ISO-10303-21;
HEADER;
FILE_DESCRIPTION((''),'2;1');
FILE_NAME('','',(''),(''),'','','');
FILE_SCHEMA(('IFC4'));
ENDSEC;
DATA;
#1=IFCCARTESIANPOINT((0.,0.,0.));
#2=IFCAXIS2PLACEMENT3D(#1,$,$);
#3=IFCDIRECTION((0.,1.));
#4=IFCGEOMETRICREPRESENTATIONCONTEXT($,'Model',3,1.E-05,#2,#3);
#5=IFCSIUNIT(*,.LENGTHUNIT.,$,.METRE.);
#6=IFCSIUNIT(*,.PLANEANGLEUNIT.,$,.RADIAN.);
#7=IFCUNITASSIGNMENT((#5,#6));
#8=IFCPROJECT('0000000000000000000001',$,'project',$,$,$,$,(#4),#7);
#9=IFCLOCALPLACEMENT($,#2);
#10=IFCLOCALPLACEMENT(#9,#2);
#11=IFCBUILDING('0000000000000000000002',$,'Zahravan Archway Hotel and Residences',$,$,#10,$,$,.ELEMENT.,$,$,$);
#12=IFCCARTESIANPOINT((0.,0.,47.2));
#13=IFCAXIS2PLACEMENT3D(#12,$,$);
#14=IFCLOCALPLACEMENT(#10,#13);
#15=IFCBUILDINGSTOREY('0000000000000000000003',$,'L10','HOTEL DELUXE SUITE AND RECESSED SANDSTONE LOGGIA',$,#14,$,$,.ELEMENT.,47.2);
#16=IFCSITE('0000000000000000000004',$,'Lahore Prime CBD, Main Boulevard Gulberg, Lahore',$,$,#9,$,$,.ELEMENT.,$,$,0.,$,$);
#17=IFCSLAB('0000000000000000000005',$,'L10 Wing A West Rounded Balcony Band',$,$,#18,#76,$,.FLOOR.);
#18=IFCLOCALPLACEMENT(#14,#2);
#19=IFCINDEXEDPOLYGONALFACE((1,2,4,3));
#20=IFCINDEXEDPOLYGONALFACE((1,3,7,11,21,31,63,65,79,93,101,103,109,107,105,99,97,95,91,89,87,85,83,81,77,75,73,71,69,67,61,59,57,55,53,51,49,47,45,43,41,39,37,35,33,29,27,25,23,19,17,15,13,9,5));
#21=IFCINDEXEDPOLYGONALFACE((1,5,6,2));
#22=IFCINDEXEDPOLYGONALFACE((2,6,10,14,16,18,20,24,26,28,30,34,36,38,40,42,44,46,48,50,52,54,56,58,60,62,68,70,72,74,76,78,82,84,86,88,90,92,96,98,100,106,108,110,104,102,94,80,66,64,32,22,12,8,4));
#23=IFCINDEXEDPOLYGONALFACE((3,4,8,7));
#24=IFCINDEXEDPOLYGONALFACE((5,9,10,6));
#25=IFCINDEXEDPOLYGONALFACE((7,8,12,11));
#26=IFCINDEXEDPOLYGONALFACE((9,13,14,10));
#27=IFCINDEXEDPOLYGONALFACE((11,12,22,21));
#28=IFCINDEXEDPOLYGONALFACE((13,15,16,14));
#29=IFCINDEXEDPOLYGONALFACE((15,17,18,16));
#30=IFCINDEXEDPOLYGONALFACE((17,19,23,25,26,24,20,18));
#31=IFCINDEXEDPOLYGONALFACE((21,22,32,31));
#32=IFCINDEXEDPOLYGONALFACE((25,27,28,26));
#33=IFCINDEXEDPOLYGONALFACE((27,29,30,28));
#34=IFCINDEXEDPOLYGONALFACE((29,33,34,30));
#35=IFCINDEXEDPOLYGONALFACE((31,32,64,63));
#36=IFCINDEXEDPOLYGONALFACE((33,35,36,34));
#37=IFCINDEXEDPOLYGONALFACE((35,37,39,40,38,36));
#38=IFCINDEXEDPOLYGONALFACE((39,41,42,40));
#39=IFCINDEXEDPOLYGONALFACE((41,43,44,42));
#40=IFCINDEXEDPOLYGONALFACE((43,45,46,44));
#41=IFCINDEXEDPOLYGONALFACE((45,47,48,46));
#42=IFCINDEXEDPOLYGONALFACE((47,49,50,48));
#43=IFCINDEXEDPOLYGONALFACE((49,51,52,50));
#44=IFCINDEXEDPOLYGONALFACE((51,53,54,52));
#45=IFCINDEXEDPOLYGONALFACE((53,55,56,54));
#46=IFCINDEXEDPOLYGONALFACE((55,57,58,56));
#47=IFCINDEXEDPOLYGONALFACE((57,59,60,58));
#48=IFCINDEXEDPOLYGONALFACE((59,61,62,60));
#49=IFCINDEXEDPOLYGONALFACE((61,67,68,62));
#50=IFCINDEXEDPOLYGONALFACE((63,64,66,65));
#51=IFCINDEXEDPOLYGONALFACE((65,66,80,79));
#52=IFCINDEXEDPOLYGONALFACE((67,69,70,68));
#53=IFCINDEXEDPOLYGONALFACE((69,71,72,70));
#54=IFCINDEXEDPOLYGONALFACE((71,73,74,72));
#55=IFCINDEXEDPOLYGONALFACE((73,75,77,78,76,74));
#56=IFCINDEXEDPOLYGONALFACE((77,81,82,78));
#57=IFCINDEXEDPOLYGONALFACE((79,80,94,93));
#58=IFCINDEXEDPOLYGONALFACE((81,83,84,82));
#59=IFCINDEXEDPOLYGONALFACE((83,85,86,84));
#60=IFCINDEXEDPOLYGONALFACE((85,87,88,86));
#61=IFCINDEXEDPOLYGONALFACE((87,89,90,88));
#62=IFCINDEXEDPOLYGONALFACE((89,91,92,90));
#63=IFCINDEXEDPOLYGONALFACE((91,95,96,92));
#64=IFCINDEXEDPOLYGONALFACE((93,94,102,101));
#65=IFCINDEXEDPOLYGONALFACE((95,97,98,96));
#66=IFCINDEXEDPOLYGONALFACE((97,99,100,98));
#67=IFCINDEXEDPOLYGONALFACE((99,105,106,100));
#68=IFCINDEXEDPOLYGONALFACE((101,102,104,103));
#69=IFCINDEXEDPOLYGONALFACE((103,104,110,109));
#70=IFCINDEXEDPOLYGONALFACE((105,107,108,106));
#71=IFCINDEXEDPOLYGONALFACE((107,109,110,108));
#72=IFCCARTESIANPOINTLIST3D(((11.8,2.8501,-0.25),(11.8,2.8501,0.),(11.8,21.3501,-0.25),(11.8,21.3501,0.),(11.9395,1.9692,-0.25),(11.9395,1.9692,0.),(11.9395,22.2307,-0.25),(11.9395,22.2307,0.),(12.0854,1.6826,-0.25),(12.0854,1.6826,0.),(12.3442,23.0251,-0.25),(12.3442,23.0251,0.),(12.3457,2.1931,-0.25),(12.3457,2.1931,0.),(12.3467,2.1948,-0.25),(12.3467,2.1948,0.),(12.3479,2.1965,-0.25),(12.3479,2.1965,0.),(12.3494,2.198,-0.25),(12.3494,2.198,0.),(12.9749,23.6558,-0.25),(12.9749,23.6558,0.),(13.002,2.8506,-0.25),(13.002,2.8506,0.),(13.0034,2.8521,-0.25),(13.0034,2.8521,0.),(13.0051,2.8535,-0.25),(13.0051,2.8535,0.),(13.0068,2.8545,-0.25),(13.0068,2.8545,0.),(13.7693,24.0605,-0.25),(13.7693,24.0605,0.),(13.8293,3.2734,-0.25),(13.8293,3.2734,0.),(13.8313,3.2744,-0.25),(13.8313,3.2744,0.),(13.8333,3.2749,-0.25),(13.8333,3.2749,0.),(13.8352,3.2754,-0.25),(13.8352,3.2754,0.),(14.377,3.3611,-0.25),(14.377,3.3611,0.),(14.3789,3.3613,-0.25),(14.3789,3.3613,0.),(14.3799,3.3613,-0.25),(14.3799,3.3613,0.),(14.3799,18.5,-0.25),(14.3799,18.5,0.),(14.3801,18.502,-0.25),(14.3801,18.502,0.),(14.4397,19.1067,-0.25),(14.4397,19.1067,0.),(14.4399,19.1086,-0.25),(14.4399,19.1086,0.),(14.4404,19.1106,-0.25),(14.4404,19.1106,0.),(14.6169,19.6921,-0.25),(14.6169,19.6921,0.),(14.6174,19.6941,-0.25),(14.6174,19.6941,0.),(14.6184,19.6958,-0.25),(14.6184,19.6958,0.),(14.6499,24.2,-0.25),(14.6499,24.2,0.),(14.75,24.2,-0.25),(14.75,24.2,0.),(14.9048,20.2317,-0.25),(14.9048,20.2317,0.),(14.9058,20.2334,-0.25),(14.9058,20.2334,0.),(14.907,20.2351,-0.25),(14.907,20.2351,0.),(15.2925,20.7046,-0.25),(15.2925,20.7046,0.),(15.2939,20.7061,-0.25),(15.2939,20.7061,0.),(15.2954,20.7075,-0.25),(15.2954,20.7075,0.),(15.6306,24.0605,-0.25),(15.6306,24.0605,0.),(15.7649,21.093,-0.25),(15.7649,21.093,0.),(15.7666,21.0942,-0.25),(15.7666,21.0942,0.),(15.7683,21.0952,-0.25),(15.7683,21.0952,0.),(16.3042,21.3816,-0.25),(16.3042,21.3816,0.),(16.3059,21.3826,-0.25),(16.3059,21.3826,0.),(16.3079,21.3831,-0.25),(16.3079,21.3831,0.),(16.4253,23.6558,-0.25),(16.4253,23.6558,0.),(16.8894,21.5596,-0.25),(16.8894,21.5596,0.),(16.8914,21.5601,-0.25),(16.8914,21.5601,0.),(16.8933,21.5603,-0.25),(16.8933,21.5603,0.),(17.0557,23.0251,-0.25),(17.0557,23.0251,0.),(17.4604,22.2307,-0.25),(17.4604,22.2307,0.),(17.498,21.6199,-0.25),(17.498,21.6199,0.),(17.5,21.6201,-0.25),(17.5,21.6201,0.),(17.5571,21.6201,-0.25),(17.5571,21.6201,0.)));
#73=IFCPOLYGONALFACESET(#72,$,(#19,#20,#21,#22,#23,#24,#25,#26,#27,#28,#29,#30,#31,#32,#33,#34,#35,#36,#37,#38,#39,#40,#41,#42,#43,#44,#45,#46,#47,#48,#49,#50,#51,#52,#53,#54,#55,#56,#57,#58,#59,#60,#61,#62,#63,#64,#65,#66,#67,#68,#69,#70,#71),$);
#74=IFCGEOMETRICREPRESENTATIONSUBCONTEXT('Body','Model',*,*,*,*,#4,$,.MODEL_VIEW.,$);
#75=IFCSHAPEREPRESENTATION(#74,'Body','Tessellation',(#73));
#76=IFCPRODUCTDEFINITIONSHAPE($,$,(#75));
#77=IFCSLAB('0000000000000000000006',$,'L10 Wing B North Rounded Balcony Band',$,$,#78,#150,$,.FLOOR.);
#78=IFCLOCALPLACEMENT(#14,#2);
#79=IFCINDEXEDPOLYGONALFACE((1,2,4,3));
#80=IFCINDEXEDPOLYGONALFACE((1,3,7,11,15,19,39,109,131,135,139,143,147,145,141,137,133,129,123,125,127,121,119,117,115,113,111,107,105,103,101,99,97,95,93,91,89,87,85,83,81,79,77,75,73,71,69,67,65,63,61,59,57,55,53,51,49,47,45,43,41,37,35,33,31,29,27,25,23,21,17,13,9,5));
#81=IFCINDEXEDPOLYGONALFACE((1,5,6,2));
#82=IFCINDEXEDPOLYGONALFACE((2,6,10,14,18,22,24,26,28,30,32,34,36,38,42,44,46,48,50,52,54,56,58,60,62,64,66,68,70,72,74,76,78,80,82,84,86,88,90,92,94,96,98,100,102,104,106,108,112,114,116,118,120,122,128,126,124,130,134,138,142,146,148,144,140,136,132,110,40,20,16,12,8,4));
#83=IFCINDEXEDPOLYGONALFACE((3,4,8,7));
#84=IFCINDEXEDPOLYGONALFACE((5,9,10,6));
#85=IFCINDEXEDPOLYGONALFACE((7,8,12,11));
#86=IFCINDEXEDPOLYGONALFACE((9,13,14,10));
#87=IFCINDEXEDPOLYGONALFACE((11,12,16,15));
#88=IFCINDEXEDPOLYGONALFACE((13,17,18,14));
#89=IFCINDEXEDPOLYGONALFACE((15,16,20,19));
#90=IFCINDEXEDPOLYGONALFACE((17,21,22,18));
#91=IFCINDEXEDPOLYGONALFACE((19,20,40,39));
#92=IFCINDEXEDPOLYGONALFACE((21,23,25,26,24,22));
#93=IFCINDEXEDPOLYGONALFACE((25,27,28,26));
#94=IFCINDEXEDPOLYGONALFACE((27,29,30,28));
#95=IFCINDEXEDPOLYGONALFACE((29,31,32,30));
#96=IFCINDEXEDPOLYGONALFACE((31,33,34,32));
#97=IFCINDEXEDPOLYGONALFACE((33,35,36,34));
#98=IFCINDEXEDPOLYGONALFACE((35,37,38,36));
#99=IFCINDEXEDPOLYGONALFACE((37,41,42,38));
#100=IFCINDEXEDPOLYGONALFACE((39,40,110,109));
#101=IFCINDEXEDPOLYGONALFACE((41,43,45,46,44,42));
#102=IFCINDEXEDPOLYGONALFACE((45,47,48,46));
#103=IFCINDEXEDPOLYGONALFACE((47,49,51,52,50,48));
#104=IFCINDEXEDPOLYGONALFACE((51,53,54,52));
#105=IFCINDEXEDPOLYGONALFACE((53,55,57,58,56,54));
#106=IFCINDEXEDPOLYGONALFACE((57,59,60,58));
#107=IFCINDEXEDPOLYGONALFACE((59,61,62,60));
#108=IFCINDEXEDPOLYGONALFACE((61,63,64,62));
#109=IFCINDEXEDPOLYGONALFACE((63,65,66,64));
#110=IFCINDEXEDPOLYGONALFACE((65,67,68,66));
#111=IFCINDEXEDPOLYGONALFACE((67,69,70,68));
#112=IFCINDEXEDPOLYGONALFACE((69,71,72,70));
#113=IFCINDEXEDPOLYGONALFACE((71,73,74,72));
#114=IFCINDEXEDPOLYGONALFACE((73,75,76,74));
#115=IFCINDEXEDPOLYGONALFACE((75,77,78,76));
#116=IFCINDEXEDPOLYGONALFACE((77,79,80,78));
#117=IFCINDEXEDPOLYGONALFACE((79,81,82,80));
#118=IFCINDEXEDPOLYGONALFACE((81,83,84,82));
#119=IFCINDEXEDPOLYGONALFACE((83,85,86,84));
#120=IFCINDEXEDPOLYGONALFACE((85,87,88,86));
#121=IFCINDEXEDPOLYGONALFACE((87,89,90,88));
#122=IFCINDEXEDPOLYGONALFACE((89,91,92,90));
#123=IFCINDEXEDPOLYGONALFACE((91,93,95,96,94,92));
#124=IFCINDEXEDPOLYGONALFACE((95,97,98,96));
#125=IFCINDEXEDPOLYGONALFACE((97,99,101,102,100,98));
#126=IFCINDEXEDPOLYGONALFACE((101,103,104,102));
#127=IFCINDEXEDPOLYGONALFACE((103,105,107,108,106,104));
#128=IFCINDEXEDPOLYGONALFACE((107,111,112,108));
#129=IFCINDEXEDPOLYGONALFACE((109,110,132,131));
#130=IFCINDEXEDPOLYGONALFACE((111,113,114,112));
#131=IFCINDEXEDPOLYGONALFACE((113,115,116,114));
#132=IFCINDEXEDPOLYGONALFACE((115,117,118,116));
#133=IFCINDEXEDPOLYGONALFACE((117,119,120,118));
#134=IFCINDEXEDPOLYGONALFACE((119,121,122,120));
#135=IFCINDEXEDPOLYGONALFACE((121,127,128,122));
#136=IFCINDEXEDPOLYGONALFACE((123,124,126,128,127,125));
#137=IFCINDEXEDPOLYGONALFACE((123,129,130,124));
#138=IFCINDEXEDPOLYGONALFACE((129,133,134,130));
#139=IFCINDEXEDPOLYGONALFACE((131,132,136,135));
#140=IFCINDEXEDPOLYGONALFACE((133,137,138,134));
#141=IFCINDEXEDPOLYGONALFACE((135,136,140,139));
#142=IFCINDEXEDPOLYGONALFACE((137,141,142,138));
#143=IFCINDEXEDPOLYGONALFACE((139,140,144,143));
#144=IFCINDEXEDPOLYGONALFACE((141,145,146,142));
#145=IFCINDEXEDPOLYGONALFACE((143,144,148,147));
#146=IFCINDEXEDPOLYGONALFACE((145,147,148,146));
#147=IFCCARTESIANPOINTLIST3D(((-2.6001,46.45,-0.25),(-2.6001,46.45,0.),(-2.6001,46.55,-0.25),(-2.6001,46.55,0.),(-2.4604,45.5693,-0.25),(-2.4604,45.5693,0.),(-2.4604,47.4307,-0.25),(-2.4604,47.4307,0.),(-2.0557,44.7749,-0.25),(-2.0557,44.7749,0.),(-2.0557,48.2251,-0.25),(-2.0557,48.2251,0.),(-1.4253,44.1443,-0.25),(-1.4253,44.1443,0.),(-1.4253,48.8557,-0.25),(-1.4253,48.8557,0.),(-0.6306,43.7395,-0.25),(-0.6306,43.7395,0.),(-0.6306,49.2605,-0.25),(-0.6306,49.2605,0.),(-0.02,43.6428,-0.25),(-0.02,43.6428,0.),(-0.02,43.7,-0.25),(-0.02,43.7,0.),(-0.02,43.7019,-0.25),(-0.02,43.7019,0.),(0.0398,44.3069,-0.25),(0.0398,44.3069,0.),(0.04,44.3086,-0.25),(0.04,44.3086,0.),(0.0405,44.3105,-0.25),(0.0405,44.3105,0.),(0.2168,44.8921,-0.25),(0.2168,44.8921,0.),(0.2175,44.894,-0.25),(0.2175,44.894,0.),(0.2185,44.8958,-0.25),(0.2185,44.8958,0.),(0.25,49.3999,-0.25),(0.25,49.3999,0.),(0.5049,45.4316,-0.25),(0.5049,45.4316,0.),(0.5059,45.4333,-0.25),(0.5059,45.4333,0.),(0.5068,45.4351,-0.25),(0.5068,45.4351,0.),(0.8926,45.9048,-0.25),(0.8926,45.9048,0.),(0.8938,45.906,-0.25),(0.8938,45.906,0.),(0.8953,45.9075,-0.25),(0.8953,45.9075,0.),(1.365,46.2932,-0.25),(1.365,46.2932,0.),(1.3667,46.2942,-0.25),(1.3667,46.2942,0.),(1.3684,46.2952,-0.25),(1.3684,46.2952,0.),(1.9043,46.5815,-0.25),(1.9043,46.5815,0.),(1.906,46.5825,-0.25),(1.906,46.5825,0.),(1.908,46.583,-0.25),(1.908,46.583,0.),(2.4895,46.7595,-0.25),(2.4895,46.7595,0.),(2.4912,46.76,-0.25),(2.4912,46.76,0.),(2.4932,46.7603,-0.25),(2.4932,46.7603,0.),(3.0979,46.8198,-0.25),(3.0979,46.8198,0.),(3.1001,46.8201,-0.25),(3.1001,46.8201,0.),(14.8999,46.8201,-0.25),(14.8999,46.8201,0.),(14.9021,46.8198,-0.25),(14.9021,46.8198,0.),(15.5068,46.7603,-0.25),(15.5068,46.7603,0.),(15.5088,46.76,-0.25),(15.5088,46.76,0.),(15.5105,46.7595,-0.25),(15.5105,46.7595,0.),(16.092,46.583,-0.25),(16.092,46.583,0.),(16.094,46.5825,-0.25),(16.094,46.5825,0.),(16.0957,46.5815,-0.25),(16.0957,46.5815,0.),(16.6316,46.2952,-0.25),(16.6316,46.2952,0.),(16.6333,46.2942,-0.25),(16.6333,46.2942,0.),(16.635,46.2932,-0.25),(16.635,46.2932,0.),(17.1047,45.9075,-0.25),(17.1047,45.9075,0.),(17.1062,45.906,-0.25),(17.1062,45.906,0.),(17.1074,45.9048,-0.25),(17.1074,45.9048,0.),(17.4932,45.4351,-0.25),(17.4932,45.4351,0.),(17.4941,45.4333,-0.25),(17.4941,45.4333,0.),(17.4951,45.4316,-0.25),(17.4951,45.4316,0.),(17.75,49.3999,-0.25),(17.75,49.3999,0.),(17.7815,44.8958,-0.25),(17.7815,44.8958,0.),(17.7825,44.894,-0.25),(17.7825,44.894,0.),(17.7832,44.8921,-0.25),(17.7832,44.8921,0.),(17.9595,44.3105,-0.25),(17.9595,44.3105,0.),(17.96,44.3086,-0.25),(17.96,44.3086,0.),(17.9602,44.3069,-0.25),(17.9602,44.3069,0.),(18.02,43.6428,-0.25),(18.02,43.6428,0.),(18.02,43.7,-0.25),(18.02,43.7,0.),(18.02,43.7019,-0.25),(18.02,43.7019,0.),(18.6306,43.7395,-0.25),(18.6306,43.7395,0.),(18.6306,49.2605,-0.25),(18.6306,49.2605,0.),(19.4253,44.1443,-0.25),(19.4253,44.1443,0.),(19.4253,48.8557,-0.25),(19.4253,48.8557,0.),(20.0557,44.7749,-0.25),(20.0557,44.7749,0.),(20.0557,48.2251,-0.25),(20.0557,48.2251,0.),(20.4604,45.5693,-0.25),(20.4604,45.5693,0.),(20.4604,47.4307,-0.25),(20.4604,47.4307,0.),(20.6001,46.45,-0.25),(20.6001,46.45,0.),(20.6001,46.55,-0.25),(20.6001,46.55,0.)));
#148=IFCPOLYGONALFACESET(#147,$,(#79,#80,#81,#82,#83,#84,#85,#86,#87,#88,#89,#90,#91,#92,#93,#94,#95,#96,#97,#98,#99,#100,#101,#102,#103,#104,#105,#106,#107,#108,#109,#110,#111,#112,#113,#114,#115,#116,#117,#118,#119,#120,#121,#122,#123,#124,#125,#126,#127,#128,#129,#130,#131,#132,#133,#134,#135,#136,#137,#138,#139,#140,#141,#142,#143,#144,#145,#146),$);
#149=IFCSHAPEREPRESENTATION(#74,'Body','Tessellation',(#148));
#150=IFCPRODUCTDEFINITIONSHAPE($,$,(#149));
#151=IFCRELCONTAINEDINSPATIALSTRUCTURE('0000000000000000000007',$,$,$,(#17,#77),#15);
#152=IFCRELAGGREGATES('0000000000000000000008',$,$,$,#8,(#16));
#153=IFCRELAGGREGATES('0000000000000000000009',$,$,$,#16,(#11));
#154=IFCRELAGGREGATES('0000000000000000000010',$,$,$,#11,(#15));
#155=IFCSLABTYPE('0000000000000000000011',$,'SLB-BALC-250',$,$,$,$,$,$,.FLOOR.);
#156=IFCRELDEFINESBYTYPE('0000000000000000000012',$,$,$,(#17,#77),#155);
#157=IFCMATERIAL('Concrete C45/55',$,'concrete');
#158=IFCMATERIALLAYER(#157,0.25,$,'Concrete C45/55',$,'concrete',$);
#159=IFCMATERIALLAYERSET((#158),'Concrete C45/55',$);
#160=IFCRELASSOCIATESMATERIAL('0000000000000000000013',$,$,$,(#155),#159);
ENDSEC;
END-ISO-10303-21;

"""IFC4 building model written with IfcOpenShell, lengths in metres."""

from ifc_helpers import new_model, si_unit, direction, frame, origin, place, context, subcontext, project, spatial, polyline, outline, extrude, material, layer, layer_set, type_object, element, save


model = new_model("IFC4")

# Units and contexts
model_context = context("Model", 3, precision=1e-05, world=origin(), true_north=direction((0.0, 1.0)))
body_context = subcontext(model_context, "Body", "Model", "MODEL_VIEW")
ifc_project = project(units=[si_unit("LENGTHUNIT", "METRE"), si_unit("PLANEANGLEUNIT", "RADIAN")], contexts=[model_context])

# Site, building, storey
site_placement = place(None, origin())
site = spatial("IfcSite", under=ifc_project, at=site_placement, Name="Lahore Prime CBD, Main Boulevard Gulberg, Lahore", CompositionType="ELEMENT", RefElevation=0.0)
building_placement = place(site_placement, origin())
building = spatial("IfcBuilding", under=site, at=building_placement, Name="Zahravan Archway Hotel and Residences", CompositionType="ELEMENT")
storey_placement = place(building_placement, frame((0.0, 0.0, 47.2)))
storey = spatial("IfcBuildingStorey", under=building, at=storey_placement, Name="L10", Description="HOTEL DELUXE SUITE AND RECESSED SANDSTONE LOGGIA", CompositionType="ELEMENT", Elevation=47.2)

# Slabs
ifc_material_1 = material(Name="Concrete C45/55", Category="concrete")
ifc_layer_1 = layer(ifc_material_1, 0.25, Name="Concrete C45/55", Category="concrete")
ifc_layer_set_1 = layer_set([ifc_layer_1], Name="Concrete C45/55")
slab_type_1 = type_object("IfcSlabType", Name="SLB-BALC-250", PredefinedType="FLOOR", material=ifc_layer_set_1)
slab_1_placement = place(storey_placement, frame((0.0, 0.0, -0.25)))
element("IfcSlab", 1, at=slab_1_placement, inside=storey, type_object=slab_type_1, Name="L10 Wing A West Rounded Balcony Band", PredefinedType="FLOOR", context=body_context, shape_type="SweptSolid", body=[
    extrude(outline(polyline([(11.9395, 1.9692), (11.8, 2.8501), (11.8, 21.3501), (11.9395, 22.2307), (12.3442, 23.0251), (12.9749, 23.6558), (13.7693, 24.0605), (14.6499, 24.2), (14.75, 24.2), (15.6306, 24.0605), (16.4253, 23.6558), (17.0557, 23.0251), (17.4604, 22.2307), (17.5571, 21.6201), (17.5, 21.6201), (17.498, 21.6199), (16.8933, 21.5603), (16.8914, 21.5601), (16.8894, 21.5596), (16.3079, 21.3831), (16.3059, 21.3826), (16.3042, 21.3816), (15.7683, 21.0952), (15.7666, 21.0942), (15.7649, 21.093), (15.2954, 20.7075), (15.2939, 20.7061), (15.2925, 20.7046), (14.907, 20.2351), (14.9058, 20.2334), (14.9048, 20.2317), (14.6184, 19.6958), (14.6174, 19.6941), (14.6169, 19.6921), (14.4404, 19.1106), (14.4399, 19.1086), (14.4397, 19.1067), (14.3801, 18.502), (14.3799, 18.5), (14.3799, 3.3613), (14.3789, 3.3613), (14.377, 3.3611), (13.8352, 3.2754), (13.8333, 3.2749), (13.8313, 3.2744), (13.8293, 3.2734), (13.0068, 2.8545), (13.0051, 2.8535), (13.0034, 2.8521), (13.002, 2.8506), (12.3494, 2.198), (12.3479, 2.1965), (12.3467, 2.1948), (12.3457, 2.1931), (12.0854, 1.6826), (11.9395, 1.9692)])), origin(), (0.0, 0.0, 1.0), 0.25),
])
slab_2_placement = place(storey_placement, frame((0.0, 0.0, -0.25)))
element("IfcSlab", 2, at=slab_2_placement, inside=storey, type_object=slab_type_1, Name="L10 Wing B North Rounded Balcony Band", PredefinedType="FLOOR", context=body_context, shape_type="SweptSolid", body=[
    extrude(outline(polyline([(-0.6306, 43.7395), (-1.4253, 44.1443), (-2.0557, 44.7749), (-2.4604, 45.5693), (-2.6001, 46.45), (-2.6001, 46.55), (-2.4604, 47.4307), (-2.0557, 48.2251), (-1.4253, 48.8557), (-0.6306, 49.2605), (0.25, 49.3999), (17.75, 49.3999), (18.6306, 49.2605), (19.4253, 48.8557), (20.0557, 48.2251), (20.4604, 47.4307), (20.6001, 46.55), (20.6001, 46.45), (20.4604, 45.5693), (20.0557, 44.7749), (19.4253, 44.1443), (18.6306, 43.7395), (18.02, 43.6428), (18.02, 43.7), (18.02, 43.7019), (17.9602, 44.3069), (17.96, 44.3086), (17.9595, 44.3105), (17.7832, 44.8921), (17.7825, 44.894), (17.7815, 44.8958), (17.4951, 45.4316), (17.4941, 45.4333), (17.4932, 45.4351), (17.1074, 45.9048), (17.1062, 45.906), (17.1047, 45.9075), (16.635, 46.2932), (16.6333, 46.2942), (16.6316, 46.2952), (16.0957, 46.5815), (16.094, 46.5825), (16.092, 46.583), (15.5105, 46.7595), (15.5088, 46.76), (15.5068, 46.7603), (14.9021, 46.8198), (14.8999, 46.8201), (3.1001, 46.8201), (3.0979, 46.8198), (2.4932, 46.7603), (2.4912, 46.76), (2.4895, 46.7595), (1.908, 46.583), (1.906, 46.5825), (1.9043, 46.5815), (1.3684, 46.2952), (1.3667, 46.2942), (1.365, 46.2932), (0.8953, 45.9075), (0.8938, 45.906), (0.8926, 45.9048), (0.5068, 45.4351), (0.5059, 45.4333), (0.5049, 45.4316), (0.2185, 44.8958), (0.2175, 44.894), (0.2168, 44.8921), (0.0405, 44.3105), (0.04, 44.3086), (0.0398, 44.3069), (-0.02, 43.7019), (-0.02, 43.7), (-0.02, 43.6428), (-0.6306, 43.7395)])), origin(), (0.0, 0.0, 1.0), 0.25),
])

save(model, "model.ifc")
